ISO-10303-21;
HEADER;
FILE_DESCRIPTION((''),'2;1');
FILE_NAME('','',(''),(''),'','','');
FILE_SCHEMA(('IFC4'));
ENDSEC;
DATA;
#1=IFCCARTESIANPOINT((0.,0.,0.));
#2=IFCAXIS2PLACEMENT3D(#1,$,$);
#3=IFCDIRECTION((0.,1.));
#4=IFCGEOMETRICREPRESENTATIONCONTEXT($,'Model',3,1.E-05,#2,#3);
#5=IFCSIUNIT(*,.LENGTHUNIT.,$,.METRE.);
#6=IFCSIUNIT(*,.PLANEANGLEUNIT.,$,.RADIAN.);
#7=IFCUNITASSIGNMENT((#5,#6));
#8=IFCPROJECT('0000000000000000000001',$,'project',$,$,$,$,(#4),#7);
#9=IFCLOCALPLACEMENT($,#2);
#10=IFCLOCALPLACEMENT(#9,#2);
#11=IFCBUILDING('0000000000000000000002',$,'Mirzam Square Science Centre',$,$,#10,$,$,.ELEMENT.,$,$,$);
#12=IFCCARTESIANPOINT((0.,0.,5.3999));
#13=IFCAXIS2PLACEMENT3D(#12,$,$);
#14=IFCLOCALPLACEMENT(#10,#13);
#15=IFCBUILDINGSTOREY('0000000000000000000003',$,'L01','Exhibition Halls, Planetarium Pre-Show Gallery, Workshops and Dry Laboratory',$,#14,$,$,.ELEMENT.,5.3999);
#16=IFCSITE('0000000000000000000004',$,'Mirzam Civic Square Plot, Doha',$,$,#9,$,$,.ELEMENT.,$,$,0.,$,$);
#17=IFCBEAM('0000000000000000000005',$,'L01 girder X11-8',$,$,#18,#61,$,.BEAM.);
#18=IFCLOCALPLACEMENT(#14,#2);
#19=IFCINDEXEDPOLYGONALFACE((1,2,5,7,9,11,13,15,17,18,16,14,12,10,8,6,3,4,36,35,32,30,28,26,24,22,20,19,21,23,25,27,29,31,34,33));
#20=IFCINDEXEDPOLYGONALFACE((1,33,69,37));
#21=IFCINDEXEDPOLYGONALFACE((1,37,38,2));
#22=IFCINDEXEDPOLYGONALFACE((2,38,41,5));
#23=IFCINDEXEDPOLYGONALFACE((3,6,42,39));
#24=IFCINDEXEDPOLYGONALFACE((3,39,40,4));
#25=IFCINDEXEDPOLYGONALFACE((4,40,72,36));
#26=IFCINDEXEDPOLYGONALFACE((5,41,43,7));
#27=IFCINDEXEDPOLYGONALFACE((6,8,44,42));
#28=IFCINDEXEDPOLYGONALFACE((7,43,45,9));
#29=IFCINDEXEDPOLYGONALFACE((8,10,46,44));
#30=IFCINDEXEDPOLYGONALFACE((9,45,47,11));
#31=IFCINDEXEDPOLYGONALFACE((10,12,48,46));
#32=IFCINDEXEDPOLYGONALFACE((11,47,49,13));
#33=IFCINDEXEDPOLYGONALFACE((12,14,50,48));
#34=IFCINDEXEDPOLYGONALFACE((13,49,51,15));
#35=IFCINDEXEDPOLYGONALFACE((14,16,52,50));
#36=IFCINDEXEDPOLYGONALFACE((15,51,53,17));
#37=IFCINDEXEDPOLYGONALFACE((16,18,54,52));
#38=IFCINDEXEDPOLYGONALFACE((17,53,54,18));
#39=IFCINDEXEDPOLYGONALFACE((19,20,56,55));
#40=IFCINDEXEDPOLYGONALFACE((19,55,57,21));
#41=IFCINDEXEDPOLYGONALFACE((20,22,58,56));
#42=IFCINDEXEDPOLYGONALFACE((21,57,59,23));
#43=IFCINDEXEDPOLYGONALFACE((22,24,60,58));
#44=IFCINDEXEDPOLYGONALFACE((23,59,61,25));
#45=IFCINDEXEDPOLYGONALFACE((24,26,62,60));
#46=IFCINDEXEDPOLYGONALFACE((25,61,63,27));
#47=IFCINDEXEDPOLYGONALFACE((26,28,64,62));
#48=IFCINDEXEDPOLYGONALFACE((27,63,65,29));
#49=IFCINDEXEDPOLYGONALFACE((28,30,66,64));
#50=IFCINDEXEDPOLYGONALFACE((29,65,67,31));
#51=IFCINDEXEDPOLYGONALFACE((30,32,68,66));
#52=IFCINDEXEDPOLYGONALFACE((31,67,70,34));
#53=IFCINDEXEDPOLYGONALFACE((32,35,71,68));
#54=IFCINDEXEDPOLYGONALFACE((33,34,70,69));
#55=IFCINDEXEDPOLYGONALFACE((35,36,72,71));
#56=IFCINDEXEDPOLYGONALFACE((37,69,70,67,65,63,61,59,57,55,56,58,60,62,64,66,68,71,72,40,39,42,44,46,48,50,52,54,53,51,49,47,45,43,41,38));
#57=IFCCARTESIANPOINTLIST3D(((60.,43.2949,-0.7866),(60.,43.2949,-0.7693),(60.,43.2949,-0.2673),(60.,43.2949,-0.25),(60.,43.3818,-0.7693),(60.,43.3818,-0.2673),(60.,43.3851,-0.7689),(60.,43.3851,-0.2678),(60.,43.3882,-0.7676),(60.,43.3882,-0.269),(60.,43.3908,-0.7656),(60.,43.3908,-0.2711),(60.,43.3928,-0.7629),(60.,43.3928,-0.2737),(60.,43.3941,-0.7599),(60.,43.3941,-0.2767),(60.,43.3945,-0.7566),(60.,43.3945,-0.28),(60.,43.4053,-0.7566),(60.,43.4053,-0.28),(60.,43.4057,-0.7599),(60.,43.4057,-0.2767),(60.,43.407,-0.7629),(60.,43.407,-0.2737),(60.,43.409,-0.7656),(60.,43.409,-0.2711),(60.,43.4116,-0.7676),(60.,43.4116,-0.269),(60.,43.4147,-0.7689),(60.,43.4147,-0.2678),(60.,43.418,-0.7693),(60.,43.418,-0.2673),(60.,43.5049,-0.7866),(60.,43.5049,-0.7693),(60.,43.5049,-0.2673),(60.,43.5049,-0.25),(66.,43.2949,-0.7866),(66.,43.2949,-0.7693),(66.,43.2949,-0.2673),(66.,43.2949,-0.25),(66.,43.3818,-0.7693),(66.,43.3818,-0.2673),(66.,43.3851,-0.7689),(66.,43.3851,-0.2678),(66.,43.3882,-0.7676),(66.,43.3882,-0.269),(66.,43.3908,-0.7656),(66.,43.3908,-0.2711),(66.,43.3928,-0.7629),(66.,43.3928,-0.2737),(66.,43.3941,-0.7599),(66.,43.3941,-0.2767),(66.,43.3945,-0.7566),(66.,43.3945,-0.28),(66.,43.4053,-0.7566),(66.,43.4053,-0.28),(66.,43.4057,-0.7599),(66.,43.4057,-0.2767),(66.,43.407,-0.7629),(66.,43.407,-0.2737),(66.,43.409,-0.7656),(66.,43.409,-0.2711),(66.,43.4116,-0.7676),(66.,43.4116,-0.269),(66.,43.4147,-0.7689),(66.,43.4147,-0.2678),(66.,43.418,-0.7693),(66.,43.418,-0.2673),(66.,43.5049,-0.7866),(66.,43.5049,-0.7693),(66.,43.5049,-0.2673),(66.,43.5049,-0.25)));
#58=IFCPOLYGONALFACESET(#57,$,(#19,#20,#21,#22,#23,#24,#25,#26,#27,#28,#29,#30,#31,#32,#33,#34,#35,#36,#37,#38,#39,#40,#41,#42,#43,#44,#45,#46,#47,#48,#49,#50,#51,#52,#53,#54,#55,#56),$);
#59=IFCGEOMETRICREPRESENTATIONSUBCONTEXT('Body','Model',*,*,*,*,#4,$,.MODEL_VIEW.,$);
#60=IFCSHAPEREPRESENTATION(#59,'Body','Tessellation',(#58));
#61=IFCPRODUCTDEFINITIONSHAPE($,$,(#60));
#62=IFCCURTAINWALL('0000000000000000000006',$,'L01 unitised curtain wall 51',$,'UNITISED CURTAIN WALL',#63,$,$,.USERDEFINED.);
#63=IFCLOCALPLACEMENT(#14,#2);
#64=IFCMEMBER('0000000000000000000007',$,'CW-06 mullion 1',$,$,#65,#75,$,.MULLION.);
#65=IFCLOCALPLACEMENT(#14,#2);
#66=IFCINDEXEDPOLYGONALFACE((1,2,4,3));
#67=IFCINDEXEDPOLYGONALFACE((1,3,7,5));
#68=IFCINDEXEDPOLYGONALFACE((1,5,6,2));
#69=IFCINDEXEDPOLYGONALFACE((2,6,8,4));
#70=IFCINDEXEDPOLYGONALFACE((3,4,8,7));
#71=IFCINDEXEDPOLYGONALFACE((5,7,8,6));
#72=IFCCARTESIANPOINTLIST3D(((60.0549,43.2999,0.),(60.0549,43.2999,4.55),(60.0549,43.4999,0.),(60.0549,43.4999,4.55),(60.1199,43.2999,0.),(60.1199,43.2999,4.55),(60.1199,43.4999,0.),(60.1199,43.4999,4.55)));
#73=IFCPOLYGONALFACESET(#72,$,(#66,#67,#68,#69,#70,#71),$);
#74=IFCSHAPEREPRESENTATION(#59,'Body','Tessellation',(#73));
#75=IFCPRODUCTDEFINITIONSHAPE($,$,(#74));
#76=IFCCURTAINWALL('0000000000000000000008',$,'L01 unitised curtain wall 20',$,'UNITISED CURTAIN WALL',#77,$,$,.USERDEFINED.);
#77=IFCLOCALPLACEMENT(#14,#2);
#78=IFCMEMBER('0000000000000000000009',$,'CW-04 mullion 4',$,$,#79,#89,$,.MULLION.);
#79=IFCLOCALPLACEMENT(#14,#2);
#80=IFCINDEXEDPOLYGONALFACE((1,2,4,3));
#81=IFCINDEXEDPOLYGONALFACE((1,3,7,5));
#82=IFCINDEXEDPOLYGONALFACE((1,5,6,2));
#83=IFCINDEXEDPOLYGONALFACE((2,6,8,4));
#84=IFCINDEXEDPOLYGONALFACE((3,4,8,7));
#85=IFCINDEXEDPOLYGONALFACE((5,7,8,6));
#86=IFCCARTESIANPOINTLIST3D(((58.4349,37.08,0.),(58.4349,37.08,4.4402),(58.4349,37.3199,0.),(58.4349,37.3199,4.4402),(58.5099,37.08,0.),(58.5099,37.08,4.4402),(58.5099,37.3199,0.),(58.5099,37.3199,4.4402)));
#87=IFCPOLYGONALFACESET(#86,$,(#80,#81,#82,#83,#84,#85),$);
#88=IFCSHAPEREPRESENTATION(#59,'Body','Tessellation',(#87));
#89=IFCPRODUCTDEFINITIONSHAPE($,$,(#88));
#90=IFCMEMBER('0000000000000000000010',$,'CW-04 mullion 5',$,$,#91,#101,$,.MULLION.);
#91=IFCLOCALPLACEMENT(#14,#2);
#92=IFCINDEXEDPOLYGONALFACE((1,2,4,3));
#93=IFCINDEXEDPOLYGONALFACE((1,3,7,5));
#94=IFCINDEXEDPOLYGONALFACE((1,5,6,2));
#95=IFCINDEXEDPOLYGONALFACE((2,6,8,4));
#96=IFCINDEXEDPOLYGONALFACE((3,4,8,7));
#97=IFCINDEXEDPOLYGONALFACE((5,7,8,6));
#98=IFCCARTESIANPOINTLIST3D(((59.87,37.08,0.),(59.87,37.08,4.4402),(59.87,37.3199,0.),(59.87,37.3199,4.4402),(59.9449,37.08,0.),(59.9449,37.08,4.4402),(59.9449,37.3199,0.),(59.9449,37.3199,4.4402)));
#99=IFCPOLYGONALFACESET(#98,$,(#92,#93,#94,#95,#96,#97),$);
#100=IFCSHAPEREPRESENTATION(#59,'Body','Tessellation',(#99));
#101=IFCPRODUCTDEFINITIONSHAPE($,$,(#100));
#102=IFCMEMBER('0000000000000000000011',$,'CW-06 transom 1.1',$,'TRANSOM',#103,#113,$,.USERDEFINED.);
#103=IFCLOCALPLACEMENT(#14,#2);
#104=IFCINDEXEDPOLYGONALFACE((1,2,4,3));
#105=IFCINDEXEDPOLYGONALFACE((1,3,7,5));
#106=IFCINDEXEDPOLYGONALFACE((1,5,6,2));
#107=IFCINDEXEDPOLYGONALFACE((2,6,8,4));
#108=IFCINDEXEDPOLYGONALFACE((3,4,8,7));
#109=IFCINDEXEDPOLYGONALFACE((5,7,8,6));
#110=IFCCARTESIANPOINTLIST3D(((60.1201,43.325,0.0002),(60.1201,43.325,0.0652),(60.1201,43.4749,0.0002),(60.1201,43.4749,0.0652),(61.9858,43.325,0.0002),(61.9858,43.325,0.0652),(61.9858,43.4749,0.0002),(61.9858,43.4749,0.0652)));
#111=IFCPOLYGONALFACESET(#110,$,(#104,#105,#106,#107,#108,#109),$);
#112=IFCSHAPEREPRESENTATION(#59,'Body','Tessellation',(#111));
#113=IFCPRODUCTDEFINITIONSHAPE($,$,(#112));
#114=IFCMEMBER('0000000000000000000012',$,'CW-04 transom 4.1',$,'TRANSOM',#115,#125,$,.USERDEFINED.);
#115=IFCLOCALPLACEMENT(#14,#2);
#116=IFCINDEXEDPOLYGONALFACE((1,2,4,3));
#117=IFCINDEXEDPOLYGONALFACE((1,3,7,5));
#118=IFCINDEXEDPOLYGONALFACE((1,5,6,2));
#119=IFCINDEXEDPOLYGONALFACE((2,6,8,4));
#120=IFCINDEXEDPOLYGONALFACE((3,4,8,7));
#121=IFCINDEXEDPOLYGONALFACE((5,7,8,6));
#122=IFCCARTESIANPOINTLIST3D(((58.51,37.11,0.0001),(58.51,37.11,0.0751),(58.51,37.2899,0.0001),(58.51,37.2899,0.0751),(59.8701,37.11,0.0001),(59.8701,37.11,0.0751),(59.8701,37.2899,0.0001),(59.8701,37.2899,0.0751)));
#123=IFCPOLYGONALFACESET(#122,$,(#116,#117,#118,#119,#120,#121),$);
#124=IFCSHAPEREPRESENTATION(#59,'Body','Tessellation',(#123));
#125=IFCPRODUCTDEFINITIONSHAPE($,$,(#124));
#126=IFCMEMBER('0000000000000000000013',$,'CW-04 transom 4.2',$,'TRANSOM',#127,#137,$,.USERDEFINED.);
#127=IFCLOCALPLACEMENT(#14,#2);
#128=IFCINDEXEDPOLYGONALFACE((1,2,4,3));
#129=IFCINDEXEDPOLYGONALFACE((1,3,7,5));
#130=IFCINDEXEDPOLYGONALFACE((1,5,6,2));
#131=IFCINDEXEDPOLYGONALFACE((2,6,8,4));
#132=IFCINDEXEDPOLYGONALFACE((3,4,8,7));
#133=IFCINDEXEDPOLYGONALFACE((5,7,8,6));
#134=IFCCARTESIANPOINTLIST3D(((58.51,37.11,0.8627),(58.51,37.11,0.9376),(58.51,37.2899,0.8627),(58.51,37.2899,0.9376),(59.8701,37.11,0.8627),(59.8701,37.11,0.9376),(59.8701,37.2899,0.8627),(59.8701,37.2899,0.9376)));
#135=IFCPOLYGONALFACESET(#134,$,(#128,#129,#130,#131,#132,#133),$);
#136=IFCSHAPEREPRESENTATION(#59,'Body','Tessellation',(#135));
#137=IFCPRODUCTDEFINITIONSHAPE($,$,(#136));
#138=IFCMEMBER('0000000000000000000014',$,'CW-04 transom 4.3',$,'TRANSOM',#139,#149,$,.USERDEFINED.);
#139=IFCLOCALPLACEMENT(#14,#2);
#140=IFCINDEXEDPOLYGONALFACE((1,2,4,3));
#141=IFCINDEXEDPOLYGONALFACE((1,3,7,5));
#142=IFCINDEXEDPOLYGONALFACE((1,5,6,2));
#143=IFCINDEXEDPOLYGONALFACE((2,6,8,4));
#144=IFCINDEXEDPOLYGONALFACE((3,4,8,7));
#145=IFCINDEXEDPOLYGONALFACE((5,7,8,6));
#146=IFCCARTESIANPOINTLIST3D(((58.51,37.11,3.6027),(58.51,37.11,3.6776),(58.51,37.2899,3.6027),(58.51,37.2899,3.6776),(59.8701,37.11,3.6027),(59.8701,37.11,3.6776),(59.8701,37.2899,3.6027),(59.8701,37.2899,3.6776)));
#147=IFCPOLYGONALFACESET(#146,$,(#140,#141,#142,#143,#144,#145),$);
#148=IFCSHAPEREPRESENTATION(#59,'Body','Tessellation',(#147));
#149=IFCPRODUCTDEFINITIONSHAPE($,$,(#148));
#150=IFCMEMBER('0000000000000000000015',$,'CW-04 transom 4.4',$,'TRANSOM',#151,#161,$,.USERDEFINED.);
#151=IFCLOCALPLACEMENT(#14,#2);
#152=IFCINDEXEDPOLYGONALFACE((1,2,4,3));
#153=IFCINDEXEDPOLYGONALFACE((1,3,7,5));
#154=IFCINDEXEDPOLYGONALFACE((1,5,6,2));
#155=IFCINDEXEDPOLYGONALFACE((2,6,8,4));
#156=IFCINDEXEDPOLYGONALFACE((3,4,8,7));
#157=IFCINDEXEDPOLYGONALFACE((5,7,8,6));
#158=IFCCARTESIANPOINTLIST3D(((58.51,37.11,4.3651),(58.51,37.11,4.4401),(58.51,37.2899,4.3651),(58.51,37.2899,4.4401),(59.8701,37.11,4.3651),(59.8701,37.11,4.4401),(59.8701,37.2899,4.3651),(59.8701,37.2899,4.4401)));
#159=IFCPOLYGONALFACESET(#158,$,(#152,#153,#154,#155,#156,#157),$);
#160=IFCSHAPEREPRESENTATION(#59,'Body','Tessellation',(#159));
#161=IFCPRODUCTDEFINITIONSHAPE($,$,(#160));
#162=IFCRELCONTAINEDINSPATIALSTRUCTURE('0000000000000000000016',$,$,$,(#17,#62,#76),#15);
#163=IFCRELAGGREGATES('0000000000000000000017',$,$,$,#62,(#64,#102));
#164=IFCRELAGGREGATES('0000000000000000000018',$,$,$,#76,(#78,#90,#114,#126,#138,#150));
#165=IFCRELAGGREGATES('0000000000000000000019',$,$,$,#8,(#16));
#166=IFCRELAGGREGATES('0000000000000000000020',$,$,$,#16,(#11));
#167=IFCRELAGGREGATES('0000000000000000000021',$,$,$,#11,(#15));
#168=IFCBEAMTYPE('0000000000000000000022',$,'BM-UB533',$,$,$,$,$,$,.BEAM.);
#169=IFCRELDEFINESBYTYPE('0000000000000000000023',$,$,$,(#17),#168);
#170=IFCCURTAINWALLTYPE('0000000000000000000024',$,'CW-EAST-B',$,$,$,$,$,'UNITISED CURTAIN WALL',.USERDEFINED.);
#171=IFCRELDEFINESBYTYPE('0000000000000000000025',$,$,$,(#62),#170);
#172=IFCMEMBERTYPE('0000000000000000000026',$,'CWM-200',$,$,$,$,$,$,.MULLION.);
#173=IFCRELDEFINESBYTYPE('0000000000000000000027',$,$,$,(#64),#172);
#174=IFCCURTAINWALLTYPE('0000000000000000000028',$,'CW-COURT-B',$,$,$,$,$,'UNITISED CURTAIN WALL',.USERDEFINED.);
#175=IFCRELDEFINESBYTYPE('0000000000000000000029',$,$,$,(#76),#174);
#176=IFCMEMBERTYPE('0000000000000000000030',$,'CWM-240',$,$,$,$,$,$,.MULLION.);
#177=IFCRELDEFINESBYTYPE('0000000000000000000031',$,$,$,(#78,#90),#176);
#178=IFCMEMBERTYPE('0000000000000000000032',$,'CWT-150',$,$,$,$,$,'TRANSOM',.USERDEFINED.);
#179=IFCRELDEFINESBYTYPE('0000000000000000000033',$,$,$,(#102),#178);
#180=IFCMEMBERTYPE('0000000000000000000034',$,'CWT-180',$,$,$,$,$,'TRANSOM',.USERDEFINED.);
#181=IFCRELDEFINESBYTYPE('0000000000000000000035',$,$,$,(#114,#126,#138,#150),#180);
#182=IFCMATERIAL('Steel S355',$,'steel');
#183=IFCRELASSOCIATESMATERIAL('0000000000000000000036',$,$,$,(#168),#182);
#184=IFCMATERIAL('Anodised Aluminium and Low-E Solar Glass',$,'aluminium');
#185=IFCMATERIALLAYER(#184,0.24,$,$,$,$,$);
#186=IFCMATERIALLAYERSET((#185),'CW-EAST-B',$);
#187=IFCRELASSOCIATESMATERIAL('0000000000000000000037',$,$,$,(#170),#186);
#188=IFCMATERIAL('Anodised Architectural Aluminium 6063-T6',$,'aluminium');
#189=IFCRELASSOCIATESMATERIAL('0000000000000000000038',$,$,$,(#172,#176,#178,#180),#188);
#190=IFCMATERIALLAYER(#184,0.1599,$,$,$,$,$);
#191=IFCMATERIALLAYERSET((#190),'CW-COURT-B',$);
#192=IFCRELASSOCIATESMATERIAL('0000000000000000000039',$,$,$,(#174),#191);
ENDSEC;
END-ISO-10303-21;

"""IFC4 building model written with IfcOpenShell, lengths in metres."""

from ifc_helpers import new_model, si_unit, direction, frame, origin, origin_2d, place, context, subcontext, project, spatial, rectangle, i_section, extrude, material, layer, layer_set, material_profile, profile_set, type_object, element, aggregate, save


model = new_model("IFC4")

# Units and contexts
model_context = context("Model", 3, precision=1e-05, world=origin(), true_north=direction((0.0, 1.0)))
body_context = subcontext(model_context, "Body", "Model", "MODEL_VIEW")
ifc_project = project(units=[si_unit("LENGTHUNIT", "METRE"), si_unit("PLANEANGLEUNIT", "RADIAN")], contexts=[model_context])

# Site, building, storey
site_placement = place(None, origin())
site = spatial("IfcSite", under=ifc_project, at=site_placement, Name="Mirzam Civic Square Plot, Doha", CompositionType="ELEMENT", RefElevation=0.0)
building_placement = place(site_placement, origin())
building = spatial("IfcBuilding", under=site, at=building_placement, Name="Mirzam Square Science Centre", CompositionType="ELEMENT")
storey_placement = place(building_placement, frame((0.0, 0.0, 5.3999)))
storey = spatial("IfcBuildingStorey", under=building, at=storey_placement, Name="L01", Description="Exhibition Halls, Planetarium Pre-Show Gallery, Workshops and Dry Laboratory", CompositionType="ELEMENT", Elevation=5.3999)

# Shared definitions
ifc_material_1 = material(Name="Steel S355", Category="steel")

# Beam
ifc_material_profile_1 = material_profile(ifc_material_1, i_section(OverallWidth=0.21, OverallDepth=0.5366, WebThickness=0.0107, FlangeThickness=0.0173, FilletRadius=0.0127, at=origin_2d()), Name="533x210x101UB")
ifc_profile_set_1 = profile_set([ifc_material_profile_1], Name="Steel S355")
beam_type_1 = type_object("IfcBeamType", Name="BM-UB533", PredefinedType="BEAM", material=ifc_profile_set_1)
beam_1_placement = place(storey_placement, frame((60.0, 43.3999, -0.5183), z_axis=(1.0, 0.0, 0.0), x_axis=(0.0, 1.0, 0.0)))
element("IfcBeam", 1, at=beam_1_placement, inside=storey, type_object=beam_type_1, Name="L01 girder X11-8", PredefinedType="BEAM", context=body_context, shape_type="SweptSolid", body=[
    extrude(i_section(OverallWidth=0.21, OverallDepth=0.5366, WebThickness=0.0107, FlangeThickness=0.0173, FilletRadius=0.0127, at=origin_2d()), origin(), (0.0, 0.0, 1.0), 6.0),
])

# Curtain wall, member
ifc_material_2 = material(Name="Anodised Aluminium and Low-E Solar Glass", Category="aluminium")
ifc_layer_1 = layer(ifc_material_2, 0.24)
ifc_layer_set_1 = layer_set([ifc_layer_1], Name="CW-EAST-B")
curtain_wall_type_1 = type_object("IfcCurtainWallType", Name="CW-EAST-B", ElementType="UNITISED CURTAIN WALL", PredefinedType="USERDEFINED", material=ifc_layer_set_1)
curtain_wall_1_placement = place(storey_placement, origin())
curtain_wall_1 = element("IfcCurtainWall", 2, at=curtain_wall_1_placement, inside=storey, type_object=curtain_wall_type_1, Name="L01 unitised curtain wall 51", ObjectType="UNITISED CURTAIN WALL", PredefinedType="USERDEFINED")
ifc_material_3 = material(Name="Anodised Architectural Aluminium 6063-T6", Category="aluminium")
ifc_material_profile_2 = material_profile(ifc_material_3, rectangle(XDim=0.0649, YDim=0.2, at=origin_2d()), Name="ALU-MULL-200x65x5")
ifc_profile_set_2 = profile_set([ifc_material_profile_2], Name="Anodised Architectural Aluminium 6063-T6")
member_type_1 = type_object("IfcMemberType", Name="CWM-200", PredefinedType="MULLION", material=ifc_profile_set_2)
member_1_placement = place(storey_placement, frame((60.0874, 43.3999, 0.0), z_axis=(0.0, 0.0, 1.0), x_axis=(1.0, 0.0, 0.0)))
member_1 = element("IfcMember", 3, at=member_1_placement, type_object=member_type_1, Name="CW-06 mullion 1", PredefinedType="MULLION", context=body_context, shape_type="SweptSolid", body=[
    extrude(rectangle(XDim=0.0649, YDim=0.2, at=origin_2d()), origin(), (0.0, 0.0, 1.0), 4.55),
])

# Curtain wall, members
ifc_layer_2 = layer(ifc_material_2, 0.1599)
ifc_layer_set_2 = layer_set([ifc_layer_2], Name="CW-COURT-B")
curtain_wall_type_2 = type_object("IfcCurtainWallType", Name="CW-COURT-B", ElementType="UNITISED CURTAIN WALL", PredefinedType="USERDEFINED", material=ifc_layer_set_2)
curtain_wall_2_placement = place(storey_placement, origin())
curtain_wall_2 = element("IfcCurtainWall", 4, at=curtain_wall_2_placement, inside=storey, type_object=curtain_wall_type_2, Name="L01 unitised curtain wall 20", ObjectType="UNITISED CURTAIN WALL", PredefinedType="USERDEFINED")
ifc_material_profile_3 = material_profile(ifc_material_3, rectangle(XDim=0.075, YDim=0.24, at=origin_2d()), Name="ALU-MULL-240x75x5")
ifc_profile_set_3 = profile_set([ifc_material_profile_3], Name="Anodised Architectural Aluminium 6063-T6")
member_type_2 = type_object("IfcMemberType", Name="CWM-240", PredefinedType="MULLION", material=ifc_profile_set_3)
member_2_placement = place(storey_placement, frame((58.4724, 37.2, 0.0), z_axis=(0.0, 0.0, 1.0), x_axis=(1.0, 0.0, 0.0)))
member_2 = element("IfcMember", 5, at=member_2_placement, type_object=member_type_2, Name="CW-04 mullion 4", PredefinedType="MULLION", context=body_context, shape_type="SweptSolid", body=[
    extrude(rectangle(XDim=0.075, YDim=0.24, at=origin_2d()), origin(), (0.0, 0.0, 1.0), 4.4402),
])
member_3_placement = place(storey_placement, frame((59.9075, 37.2, 0.0), z_axis=(0.0, 0.0, 1.0), x_axis=(1.0, 0.0, 0.0)))
member_3 = element("IfcMember", 6, at=member_3_placement, type_object=member_type_2, Name="CW-04 mullion 5", PredefinedType="MULLION", context=body_context, shape_type="SweptSolid", body=[
    extrude(rectangle(XDim=0.075, YDim=0.24, at=origin_2d()), origin(), (0.0, 0.0, 1.0), 4.4402),
])

# Members
ifc_material_profile_4 = material_profile(ifc_material_3, rectangle(XDim=0.1499, YDim=0.0649, at=origin_2d()), Name="ALU-TRAN-150x65x4")
ifc_profile_set_4 = profile_set([ifc_material_profile_4], Name="Anodised Architectural Aluminium 6063-T6")
member_type_3 = type_object("IfcMemberType", Name="CWT-150", ElementType="TRANSOM", PredefinedType="USERDEFINED", material=ifc_profile_set_4)
member_4_placement = place(storey_placement, frame((60.1201, 43.3999, 0.0327), z_axis=(1.0, 0.0, 0.0), x_axis=(0.0, 1.0, 0.0)))
member_4 = element("IfcMember", 7, at=member_4_placement, type_object=member_type_3, Name="CW-06 transom 1.1", ObjectType="TRANSOM", PredefinedType="USERDEFINED", context=body_context, shape_type="SweptSolid", body=[
    extrude(rectangle(XDim=0.1499, YDim=0.0649, at=origin_2d()), origin(), (0.0, 0.0, 1.0), 1.8657),
])
aggregate(curtain_wall_1, [member_1, member_4])
ifc_material_profile_5 = material_profile(ifc_material_3, rectangle(XDim=0.1799, YDim=0.075, at=origin_2d()), Name="ALU-TRAN-180x75x5")
ifc_profile_set_5 = profile_set([ifc_material_profile_5], Name="Anodised Architectural Aluminium 6063-T6")
member_type_4 = type_object("IfcMemberType", Name="CWT-180", ElementType="TRANSOM", PredefinedType="USERDEFINED", material=ifc_profile_set_5)
member_5_placement = place(storey_placement, frame((58.51, 37.2, 0.0376), z_axis=(1.0, 0.0, 0.0), x_axis=(0.0, 1.0, 0.0)))
member_5 = element("IfcMember", 8, at=member_5_placement, type_object=member_type_4, Name="CW-04 transom 4.1", ObjectType="TRANSOM", PredefinedType="USERDEFINED", context=body_context, shape_type="SweptSolid", body=[
    extrude(rectangle(XDim=0.1799, YDim=0.075, at=origin_2d()), origin(), (0.0, 0.0, 1.0), 1.3601),
])
member_6_placement = place(storey_placement, frame((58.51, 37.2, 0.9001), z_axis=(1.0, 0.0, 0.0), x_axis=(0.0, 1.0, 0.0)))
member_6 = element("IfcMember", 9, at=member_6_placement, type_object=member_type_4, Name="CW-04 transom 4.2", ObjectType="TRANSOM", PredefinedType="USERDEFINED", context=body_context, shape_type="SweptSolid", body=[
    extrude(rectangle(XDim=0.1799, YDim=0.075, at=origin_2d()), origin(), (0.0, 0.0, 1.0), 1.3601),
])
member_7_placement = place(storey_placement, frame((58.51, 37.2, 3.6401), z_axis=(1.0, 0.0, 0.0), x_axis=(0.0, 1.0, 0.0)))
member_7 = element("IfcMember", 10, at=member_7_placement, type_object=member_type_4, Name="CW-04 transom 4.3", ObjectType="TRANSOM", PredefinedType="USERDEFINED", context=body_context, shape_type="SweptSolid", body=[
    extrude(rectangle(XDim=0.1799, YDim=0.075, at=origin_2d()), origin(), (0.0, 0.0, 1.0), 1.3601),
])
member_8_placement = place(storey_placement, frame((58.51, 37.2, 4.4026), z_axis=(1.0, 0.0, 0.0), x_axis=(0.0, 1.0, 0.0)))
member_8 = element("IfcMember", 11, at=member_8_placement, type_object=member_type_4, Name="CW-04 transom 4.4", ObjectType="TRANSOM", PredefinedType="USERDEFINED", context=body_context, shape_type="SweptSolid", body=[
    extrude(rectangle(XDim=0.1799, YDim=0.075, at=origin_2d()), origin(), (0.0, 0.0, 1.0), 1.3601),
])

aggregate(curtain_wall_2, [member_2, member_3, member_5, member_6, member_7, member_8])

save(model, "model.ifc")
